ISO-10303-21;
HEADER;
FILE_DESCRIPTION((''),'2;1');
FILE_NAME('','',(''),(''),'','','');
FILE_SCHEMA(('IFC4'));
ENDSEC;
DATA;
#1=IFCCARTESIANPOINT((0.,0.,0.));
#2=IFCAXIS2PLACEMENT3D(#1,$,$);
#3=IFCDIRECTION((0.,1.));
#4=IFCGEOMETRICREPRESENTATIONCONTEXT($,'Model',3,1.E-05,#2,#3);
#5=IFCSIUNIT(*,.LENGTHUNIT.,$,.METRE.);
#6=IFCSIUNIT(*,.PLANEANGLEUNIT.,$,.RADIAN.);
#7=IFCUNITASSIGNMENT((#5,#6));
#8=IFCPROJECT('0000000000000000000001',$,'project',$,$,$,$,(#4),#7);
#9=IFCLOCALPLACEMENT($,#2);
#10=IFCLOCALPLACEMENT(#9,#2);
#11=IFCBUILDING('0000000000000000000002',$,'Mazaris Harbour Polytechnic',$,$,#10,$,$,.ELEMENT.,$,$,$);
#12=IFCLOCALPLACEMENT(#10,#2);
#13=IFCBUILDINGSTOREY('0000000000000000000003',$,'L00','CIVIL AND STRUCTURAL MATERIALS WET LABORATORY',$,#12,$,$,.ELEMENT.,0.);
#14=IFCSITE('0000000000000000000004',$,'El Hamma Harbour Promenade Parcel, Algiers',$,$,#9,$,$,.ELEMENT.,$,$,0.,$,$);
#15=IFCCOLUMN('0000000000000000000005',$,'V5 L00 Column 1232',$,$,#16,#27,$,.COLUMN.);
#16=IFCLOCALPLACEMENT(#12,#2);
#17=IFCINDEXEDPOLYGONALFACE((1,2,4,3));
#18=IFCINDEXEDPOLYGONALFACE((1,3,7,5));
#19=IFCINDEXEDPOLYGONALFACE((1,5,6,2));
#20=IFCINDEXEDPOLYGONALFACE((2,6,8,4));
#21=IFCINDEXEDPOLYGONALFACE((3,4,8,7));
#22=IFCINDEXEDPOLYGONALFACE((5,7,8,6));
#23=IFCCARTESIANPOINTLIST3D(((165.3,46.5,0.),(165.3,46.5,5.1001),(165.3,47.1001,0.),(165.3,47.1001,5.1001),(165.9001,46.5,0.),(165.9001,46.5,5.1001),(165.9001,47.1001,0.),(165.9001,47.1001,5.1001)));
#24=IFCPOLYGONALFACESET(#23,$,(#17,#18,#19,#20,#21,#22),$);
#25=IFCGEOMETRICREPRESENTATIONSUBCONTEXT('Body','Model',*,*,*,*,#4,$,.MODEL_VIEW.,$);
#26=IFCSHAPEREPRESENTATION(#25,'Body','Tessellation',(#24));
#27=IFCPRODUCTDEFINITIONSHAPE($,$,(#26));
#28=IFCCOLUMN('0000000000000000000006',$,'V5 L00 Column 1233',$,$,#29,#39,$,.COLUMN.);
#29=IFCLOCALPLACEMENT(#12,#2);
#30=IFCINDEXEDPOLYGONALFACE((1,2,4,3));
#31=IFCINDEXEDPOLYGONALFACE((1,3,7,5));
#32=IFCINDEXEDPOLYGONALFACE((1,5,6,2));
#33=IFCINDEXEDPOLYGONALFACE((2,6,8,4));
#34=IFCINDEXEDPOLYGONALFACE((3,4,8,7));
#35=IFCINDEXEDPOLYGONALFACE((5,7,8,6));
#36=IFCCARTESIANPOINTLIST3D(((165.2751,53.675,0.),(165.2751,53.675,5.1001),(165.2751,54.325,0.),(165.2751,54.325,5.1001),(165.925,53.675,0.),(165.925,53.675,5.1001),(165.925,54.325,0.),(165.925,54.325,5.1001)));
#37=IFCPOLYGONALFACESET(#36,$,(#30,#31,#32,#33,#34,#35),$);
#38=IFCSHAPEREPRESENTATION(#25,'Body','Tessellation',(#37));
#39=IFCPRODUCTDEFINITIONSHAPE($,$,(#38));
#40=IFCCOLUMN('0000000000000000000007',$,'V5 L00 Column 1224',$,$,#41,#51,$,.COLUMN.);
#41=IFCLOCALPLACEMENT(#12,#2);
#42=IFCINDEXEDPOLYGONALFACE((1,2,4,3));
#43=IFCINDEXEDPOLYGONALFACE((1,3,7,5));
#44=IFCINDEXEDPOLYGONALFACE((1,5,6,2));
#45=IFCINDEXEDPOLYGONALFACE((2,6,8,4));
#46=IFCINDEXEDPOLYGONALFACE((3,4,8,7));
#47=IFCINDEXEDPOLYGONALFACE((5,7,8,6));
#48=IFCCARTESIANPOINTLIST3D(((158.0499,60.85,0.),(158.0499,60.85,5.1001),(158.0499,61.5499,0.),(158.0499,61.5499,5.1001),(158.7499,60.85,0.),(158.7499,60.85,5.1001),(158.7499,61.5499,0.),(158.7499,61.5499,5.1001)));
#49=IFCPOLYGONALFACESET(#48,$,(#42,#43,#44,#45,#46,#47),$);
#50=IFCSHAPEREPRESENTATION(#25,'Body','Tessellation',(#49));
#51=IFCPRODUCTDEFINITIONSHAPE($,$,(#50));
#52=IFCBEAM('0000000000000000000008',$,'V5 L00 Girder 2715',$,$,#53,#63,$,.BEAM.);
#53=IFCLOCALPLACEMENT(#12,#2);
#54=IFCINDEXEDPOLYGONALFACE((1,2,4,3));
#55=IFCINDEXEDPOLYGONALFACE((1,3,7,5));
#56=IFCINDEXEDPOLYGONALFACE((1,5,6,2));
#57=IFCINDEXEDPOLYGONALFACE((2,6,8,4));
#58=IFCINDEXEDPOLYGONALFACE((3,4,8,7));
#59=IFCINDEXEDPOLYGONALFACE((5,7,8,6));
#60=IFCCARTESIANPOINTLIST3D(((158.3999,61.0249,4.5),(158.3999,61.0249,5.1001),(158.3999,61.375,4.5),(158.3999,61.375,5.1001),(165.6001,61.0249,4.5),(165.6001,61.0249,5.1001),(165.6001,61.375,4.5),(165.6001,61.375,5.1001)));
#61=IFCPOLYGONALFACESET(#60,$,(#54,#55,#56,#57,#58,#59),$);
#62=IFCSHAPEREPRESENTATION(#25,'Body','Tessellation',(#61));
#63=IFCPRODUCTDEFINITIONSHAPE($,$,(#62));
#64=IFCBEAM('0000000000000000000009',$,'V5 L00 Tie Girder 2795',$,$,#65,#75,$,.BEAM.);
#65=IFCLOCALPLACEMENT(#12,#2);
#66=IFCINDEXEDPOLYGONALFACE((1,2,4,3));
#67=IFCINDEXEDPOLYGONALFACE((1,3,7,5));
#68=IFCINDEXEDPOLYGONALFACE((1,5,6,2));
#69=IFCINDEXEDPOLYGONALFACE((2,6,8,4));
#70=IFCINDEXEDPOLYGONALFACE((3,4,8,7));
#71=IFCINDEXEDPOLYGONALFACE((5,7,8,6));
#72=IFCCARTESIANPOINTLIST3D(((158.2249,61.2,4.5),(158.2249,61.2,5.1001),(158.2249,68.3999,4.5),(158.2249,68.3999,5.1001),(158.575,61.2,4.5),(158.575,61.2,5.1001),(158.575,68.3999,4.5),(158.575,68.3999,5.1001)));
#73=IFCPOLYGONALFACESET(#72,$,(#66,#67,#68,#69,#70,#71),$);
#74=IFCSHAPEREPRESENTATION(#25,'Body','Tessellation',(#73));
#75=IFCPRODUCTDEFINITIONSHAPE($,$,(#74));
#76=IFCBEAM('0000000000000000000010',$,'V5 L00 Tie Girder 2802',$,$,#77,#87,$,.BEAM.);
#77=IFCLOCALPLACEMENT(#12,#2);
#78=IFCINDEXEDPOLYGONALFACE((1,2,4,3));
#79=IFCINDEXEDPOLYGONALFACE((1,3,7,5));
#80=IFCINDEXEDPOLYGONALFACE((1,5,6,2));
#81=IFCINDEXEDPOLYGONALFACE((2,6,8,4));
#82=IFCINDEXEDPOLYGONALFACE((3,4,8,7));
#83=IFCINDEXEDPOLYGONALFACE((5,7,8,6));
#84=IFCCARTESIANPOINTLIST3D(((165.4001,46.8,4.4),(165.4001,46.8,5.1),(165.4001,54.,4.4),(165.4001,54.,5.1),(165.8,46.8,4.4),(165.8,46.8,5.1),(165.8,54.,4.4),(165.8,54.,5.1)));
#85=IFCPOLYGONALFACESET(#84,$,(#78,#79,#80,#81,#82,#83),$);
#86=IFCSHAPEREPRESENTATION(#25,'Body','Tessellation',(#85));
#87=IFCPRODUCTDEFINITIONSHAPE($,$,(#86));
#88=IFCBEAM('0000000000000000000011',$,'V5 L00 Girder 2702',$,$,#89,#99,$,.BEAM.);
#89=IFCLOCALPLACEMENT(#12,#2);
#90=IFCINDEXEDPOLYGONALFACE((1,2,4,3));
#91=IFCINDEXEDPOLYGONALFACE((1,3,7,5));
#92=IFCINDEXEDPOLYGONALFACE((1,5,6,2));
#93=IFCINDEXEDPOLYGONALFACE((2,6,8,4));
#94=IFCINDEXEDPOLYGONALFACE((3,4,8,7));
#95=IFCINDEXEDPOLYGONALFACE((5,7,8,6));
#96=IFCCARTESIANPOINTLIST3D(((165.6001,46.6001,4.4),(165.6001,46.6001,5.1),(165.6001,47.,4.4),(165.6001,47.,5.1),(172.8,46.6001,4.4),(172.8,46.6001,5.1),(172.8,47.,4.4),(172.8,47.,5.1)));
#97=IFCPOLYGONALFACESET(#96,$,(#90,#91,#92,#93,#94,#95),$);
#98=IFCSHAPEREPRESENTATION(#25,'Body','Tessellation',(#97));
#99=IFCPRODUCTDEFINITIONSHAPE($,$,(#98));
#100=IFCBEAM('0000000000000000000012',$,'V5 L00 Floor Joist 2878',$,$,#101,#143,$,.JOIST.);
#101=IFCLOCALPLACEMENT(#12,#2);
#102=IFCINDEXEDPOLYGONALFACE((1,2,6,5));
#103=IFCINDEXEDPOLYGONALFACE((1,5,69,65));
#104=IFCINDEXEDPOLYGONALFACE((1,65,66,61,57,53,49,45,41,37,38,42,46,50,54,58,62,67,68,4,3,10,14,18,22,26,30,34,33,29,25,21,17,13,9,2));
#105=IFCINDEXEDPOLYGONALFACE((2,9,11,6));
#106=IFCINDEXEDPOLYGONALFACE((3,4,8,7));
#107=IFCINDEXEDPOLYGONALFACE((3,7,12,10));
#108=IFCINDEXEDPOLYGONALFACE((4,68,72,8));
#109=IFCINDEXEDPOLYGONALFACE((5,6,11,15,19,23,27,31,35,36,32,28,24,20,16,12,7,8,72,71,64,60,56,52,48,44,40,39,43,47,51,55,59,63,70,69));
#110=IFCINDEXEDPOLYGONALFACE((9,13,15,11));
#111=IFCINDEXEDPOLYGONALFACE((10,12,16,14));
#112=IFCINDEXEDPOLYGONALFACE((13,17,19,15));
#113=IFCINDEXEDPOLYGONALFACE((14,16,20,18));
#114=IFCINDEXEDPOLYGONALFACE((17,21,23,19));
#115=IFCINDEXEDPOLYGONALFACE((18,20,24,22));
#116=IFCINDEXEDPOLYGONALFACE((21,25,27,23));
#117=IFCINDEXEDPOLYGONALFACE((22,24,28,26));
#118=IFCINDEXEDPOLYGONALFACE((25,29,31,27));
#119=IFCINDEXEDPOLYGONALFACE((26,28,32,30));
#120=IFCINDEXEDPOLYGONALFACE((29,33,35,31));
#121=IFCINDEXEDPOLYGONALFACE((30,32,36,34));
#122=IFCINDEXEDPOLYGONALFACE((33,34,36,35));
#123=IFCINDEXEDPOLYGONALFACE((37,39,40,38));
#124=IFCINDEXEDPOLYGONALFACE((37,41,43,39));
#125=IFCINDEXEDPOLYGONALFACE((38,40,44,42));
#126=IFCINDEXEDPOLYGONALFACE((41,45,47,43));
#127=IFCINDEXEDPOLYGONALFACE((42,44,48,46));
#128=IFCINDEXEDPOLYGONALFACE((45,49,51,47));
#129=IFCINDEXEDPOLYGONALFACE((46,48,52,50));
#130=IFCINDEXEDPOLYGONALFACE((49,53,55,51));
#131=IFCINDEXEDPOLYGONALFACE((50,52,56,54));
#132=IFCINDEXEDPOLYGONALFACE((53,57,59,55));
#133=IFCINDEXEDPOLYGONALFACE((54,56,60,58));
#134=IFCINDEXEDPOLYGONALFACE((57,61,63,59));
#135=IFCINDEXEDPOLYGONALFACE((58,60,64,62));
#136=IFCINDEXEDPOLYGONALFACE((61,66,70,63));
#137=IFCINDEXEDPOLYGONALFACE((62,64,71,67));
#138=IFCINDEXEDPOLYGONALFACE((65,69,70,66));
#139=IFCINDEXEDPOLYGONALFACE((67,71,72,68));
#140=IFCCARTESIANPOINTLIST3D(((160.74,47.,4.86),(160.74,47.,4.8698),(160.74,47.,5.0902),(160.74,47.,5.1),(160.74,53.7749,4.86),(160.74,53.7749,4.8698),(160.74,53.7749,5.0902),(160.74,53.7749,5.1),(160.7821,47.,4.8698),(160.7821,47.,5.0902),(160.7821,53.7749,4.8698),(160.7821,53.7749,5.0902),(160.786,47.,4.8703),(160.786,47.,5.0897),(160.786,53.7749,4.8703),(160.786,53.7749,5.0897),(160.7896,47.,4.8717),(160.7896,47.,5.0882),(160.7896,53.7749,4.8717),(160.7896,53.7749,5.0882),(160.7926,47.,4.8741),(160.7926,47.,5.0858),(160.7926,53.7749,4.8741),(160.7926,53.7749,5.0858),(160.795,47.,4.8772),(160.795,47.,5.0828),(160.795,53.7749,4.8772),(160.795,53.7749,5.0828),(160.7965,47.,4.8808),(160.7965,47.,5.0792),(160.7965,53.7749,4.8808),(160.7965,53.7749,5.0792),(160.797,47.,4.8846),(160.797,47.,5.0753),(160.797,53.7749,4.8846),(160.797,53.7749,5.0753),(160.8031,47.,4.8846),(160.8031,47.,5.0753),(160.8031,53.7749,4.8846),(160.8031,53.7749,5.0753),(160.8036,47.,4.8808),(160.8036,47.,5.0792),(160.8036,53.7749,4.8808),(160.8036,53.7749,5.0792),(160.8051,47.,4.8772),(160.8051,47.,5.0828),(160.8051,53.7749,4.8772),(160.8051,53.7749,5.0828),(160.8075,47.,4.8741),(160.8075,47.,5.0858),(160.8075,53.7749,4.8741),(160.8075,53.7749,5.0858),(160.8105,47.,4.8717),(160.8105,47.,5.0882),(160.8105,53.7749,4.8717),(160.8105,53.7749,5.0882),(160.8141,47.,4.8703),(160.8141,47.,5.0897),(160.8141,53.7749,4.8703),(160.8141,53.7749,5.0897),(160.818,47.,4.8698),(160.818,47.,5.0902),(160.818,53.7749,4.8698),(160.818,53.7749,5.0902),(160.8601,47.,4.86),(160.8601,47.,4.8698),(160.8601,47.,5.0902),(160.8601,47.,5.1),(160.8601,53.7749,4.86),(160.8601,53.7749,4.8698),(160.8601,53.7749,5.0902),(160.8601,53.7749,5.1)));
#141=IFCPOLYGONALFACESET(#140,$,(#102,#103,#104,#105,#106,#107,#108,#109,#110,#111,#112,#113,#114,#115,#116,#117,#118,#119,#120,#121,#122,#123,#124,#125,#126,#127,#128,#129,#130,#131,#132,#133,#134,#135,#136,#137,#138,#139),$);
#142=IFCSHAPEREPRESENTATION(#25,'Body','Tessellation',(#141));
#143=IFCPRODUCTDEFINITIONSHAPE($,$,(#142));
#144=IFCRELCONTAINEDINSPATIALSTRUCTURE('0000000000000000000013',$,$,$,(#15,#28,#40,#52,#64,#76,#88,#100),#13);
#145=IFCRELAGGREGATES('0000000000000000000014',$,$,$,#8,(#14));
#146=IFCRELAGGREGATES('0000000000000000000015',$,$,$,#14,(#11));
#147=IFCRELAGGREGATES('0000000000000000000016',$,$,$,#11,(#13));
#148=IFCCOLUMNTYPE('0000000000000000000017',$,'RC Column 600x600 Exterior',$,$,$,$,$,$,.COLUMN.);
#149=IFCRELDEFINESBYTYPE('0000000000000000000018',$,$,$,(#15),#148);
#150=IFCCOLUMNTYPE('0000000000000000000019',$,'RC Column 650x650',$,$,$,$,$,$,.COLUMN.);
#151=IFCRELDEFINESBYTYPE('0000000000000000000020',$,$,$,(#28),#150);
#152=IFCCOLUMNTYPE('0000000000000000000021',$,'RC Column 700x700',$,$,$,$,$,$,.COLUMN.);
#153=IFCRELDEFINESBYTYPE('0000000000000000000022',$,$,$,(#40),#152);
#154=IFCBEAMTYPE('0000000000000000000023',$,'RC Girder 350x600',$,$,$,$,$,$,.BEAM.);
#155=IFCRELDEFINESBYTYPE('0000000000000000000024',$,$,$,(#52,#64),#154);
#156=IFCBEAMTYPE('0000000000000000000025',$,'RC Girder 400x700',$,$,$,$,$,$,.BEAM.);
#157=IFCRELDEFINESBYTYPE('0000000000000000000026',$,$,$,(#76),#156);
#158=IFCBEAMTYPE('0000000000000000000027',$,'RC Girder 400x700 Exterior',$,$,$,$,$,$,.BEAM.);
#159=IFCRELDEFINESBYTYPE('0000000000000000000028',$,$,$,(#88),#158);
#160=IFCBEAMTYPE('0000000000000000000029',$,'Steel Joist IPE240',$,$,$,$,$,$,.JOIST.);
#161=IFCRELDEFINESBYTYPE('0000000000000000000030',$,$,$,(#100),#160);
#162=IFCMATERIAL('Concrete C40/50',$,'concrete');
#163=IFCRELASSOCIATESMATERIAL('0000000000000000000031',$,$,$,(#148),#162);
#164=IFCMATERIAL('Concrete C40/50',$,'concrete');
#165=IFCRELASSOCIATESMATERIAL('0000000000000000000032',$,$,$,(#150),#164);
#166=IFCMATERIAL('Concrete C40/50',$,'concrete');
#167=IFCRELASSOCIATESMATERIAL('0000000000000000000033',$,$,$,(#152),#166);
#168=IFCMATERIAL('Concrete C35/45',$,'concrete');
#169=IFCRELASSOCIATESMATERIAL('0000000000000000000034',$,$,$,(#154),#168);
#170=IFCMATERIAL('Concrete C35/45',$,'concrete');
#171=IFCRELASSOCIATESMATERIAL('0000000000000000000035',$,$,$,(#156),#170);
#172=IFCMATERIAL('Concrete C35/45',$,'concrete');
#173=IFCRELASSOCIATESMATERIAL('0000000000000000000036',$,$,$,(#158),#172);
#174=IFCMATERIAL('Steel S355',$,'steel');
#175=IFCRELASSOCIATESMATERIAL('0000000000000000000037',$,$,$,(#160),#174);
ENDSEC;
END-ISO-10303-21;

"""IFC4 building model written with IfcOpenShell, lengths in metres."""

from ifc_helpers import new_model, si_unit, direction, frame, origin, origin_2d, place, context, subcontext, project, spatial, rectangle, i_section, extrude, material, material_profile, profile_set, type_object, element, save


model = new_model("IFC4")

# Units and contexts
model_context = context("Model", 3, precision=1e-05, world=origin(), true_north=direction((0.0, 1.0)))
body_context = subcontext(model_context, "Body", "Model", "MODEL_VIEW")
ifc_project = project(units=[si_unit("LENGTHUNIT", "METRE"), si_unit("PLANEANGLEUNIT", "RADIAN")], contexts=[model_context])

# Site, building, storey
site_placement = place(None, origin())
site = spatial("IfcSite", under=ifc_project, at=site_placement, Name="El Hamma Harbour Promenade Parcel, Algiers", CompositionType="ELEMENT", RefElevation=0.0)
building_placement = place(site_placement, origin())
building = spatial("IfcBuilding", under=site, at=building_placement, Name="Mazaris Harbour Polytechnic", CompositionType="ELEMENT")
storey_placement = place(building_placement, origin())
storey = spatial("IfcBuildingStorey", under=building, at=storey_placement, Name="L00", Description="CIVIL AND STRUCTURAL MATERIALS WET LABORATORY", CompositionType="ELEMENT", Elevation=0.0)

# Columns
ifc_material_1 = material(Name="Concrete C40/50", Category="concrete")
ifc_material_profile_1 = material_profile(ifc_material_1, rectangle(XDim=0.6001, YDim=0.6001, at=origin_2d()), Name="RECT600x600")
ifc_profile_set_1 = profile_set([ifc_material_profile_1], Name="Concrete C40/50")
column_type_1 = type_object("IfcColumnType", Name="RC Column 600x600 Exterior", PredefinedType="COLUMN", material=ifc_profile_set_1)
column_1_placement = place(storey_placement, frame((165.6001, 46.8, 0.0), z_axis=(0.0, 0.0, 1.0), x_axis=(1.0, 0.0, 0.0)))
element("IfcColumn", 1, at=column_1_placement, inside=storey, type_object=column_type_1, Name="V5 L00 Column 1232", PredefinedType="COLUMN", context=body_context, shape_type="SweptSolid", body=[
    extrude(rectangle(XDim=0.6001, YDim=0.6001, at=origin_2d()), origin(), (0.0, 0.0, 1.0), 5.1001),
])
ifc_material_2 = material(Name="Concrete C40/50", Category="concrete")
ifc_material_profile_2 = material_profile(ifc_material_2, rectangle(XDim=0.6499, YDim=0.6499, at=origin_2d()), Name="RECT650x650")
ifc_profile_set_2 = profile_set([ifc_material_profile_2], Name="Concrete C40/50")
column_type_2 = type_object("IfcColumnType", Name="RC Column 650x650", PredefinedType="COLUMN", material=ifc_profile_set_2)
column_2_placement = place(storey_placement, frame((165.6001, 54.0, 0.0), z_axis=(0.0, 0.0, 1.0), x_axis=(1.0, 0.0, 0.0)))
element("IfcColumn", 2, at=column_2_placement, inside=storey, type_object=column_type_2, Name="V5 L00 Column 1233", PredefinedType="COLUMN", context=body_context, shape_type="SweptSolid", body=[
    extrude(rectangle(XDim=0.6499, YDim=0.6499, at=origin_2d()), origin(), (0.0, 0.0, 1.0), 5.1001),
])
ifc_material_3 = material(Name="Concrete C40/50", Category="concrete")
ifc_material_profile_3 = material_profile(ifc_material_3, rectangle(XDim=0.7, YDim=0.7, at=origin_2d()), Name="RECT700x700")
ifc_profile_set_3 = profile_set([ifc_material_profile_3], Name="Concrete C40/50")
column_type_3 = type_object("IfcColumnType", Name="RC Column 700x700", PredefinedType="COLUMN", material=ifc_profile_set_3)
column_3_placement = place(storey_placement, frame((158.3999, 61.2, 0.0), z_axis=(0.0, 0.0, 1.0), x_axis=(1.0, 0.0, 0.0)))
element("IfcColumn", 3, at=column_3_placement, inside=storey, type_object=column_type_3, Name="V5 L00 Column 1224", PredefinedType="COLUMN", context=body_context, shape_type="SweptSolid", body=[
    extrude(rectangle(XDim=0.7, YDim=0.7, at=origin_2d()), origin(), (0.0, 0.0, 1.0), 5.1001),
])

# Beams
ifc_material_4 = material(Name="Concrete C35/45", Category="concrete")
ifc_material_profile_4 = material_profile(ifc_material_4, rectangle(XDim=0.3501, YDim=0.6001, at=origin_2d()), Name="RECT350x600")
ifc_profile_set_4 = profile_set([ifc_material_profile_4], Name="Concrete C35/45")
beam_type_1 = type_object("IfcBeamType", Name="RC Girder 350x600", PredefinedType="BEAM", material=ifc_profile_set_4)
beam_1_placement = place(storey_placement, frame((158.3999, 61.2, 4.8), z_axis=(1.0, 0.0, 0.0), x_axis=(0.0, 1.0, 0.0)))
element("IfcBeam", 4, at=beam_1_placement, inside=storey, type_object=beam_type_1, Name="V5 L00 Girder 2715", PredefinedType="BEAM", context=body_context, shape_type="SweptSolid", body=[
    extrude(rectangle(XDim=0.3501, YDim=0.6001, at=origin_2d()), origin(), (0.0, 0.0, 1.0), 7.2002),
])
beam_2_placement = place(storey_placement, frame((158.3999, 61.2, 4.8), z_axis=(0.0, 1.0, 0.0), x_axis=(-1.0, 0.0, 0.0)))
element("IfcBeam", 5, at=beam_2_placement, inside=storey, type_object=beam_type_1, Name="V5 L00 Tie Girder 2795", PredefinedType="BEAM", context=body_context, shape_type="SweptSolid", body=[
    extrude(rectangle(XDim=0.3501, YDim=0.6001, at=origin_2d()), origin(), (0.0, 0.0, 1.0), 7.2),
])
ifc_material_5 = material(Name="Concrete C35/45", Category="concrete")
ifc_material_profile_5 = material_profile(ifc_material_5, rectangle(XDim=0.3999, YDim=0.7, at=origin_2d()), Name="RECT400x700")
ifc_profile_set_5 = profile_set([ifc_material_profile_5], Name="Concrete C35/45")
beam_type_2 = type_object("IfcBeamType", Name="RC Girder 400x700", PredefinedType="BEAM", material=ifc_profile_set_5)
beam_3_placement = place(storey_placement, frame((165.6001, 46.8, 4.75), z_axis=(0.0, 1.0, 0.0), x_axis=(-1.0, 0.0, 0.0)))
element("IfcBeam", 6, at=beam_3_placement, inside=storey, type_object=beam_type_2, Name="V5 L00 Tie Girder 2802", PredefinedType="BEAM", context=body_context, shape_type="SweptSolid", body=[
    extrude(rectangle(XDim=0.3999, YDim=0.7, at=origin_2d()), origin(), (0.0, 0.0, 1.0), 7.2),
])
ifc_material_6 = material(Name="Concrete C35/45", Category="concrete")
ifc_material_profile_6 = material_profile(ifc_material_6, rectangle(XDim=0.3999, YDim=0.7, at=origin_2d()), Name="RECT400x700")
ifc_profile_set_6 = profile_set([ifc_material_profile_6], Name="Concrete C35/45")
beam_type_3 = type_object("IfcBeamType", Name="RC Girder 400x700 Exterior", PredefinedType="BEAM", material=ifc_profile_set_6)
beam_4_placement = place(storey_placement, frame((165.6001, 46.8, 4.75), z_axis=(1.0, 0.0, 0.0), x_axis=(0.0, 1.0, 0.0)))
element("IfcBeam", 7, at=beam_4_placement, inside=storey, type_object=beam_type_3, Name="V5 L00 Girder 2702", PredefinedType="BEAM", context=body_context, shape_type="SweptSolid", body=[
    extrude(rectangle(XDim=0.3999, YDim=0.7, at=origin_2d()), origin(), (0.0, 0.0, 1.0), 7.2),
])
ifc_material_7 = material(Name="Steel S355", Category="steel")
ifc_material_profile_7 = material_profile(ifc_material_7, i_section(OverallWidth=0.1201, OverallDepth=0.24, WebThickness=0.0061, FlangeThickness=0.0098, FilletRadius=0.0149, at=origin_2d()), Name="IPE 240")
ifc_profile_set_7 = profile_set([ifc_material_profile_7], Name="Steel S355")
beam_type_4 = type_object("IfcBeamType", Name="Steel Joist IPE240", PredefinedType="JOIST", material=ifc_profile_set_7)
beam_5_placement = place(storey_placement, frame((160.8, 47.0, 4.98), z_axis=(0.0, 1.0, 0.0), x_axis=(-1.0, 0.0, 0.0)))
element("IfcBeam", 8, at=beam_5_placement, inside=storey, type_object=beam_type_4, Name="V5 L00 Floor Joist 2878", PredefinedType="JOIST", context=body_context, shape_type="SweptSolid", body=[
    extrude(i_section(OverallWidth=0.1201, OverallDepth=0.24, WebThickness=0.0061, FlangeThickness=0.0098, FilletRadius=0.0149, at=origin_2d()), origin(), (0.0, 0.0, 1.0), 6.7749),
])

save(model, "model.ifc")
